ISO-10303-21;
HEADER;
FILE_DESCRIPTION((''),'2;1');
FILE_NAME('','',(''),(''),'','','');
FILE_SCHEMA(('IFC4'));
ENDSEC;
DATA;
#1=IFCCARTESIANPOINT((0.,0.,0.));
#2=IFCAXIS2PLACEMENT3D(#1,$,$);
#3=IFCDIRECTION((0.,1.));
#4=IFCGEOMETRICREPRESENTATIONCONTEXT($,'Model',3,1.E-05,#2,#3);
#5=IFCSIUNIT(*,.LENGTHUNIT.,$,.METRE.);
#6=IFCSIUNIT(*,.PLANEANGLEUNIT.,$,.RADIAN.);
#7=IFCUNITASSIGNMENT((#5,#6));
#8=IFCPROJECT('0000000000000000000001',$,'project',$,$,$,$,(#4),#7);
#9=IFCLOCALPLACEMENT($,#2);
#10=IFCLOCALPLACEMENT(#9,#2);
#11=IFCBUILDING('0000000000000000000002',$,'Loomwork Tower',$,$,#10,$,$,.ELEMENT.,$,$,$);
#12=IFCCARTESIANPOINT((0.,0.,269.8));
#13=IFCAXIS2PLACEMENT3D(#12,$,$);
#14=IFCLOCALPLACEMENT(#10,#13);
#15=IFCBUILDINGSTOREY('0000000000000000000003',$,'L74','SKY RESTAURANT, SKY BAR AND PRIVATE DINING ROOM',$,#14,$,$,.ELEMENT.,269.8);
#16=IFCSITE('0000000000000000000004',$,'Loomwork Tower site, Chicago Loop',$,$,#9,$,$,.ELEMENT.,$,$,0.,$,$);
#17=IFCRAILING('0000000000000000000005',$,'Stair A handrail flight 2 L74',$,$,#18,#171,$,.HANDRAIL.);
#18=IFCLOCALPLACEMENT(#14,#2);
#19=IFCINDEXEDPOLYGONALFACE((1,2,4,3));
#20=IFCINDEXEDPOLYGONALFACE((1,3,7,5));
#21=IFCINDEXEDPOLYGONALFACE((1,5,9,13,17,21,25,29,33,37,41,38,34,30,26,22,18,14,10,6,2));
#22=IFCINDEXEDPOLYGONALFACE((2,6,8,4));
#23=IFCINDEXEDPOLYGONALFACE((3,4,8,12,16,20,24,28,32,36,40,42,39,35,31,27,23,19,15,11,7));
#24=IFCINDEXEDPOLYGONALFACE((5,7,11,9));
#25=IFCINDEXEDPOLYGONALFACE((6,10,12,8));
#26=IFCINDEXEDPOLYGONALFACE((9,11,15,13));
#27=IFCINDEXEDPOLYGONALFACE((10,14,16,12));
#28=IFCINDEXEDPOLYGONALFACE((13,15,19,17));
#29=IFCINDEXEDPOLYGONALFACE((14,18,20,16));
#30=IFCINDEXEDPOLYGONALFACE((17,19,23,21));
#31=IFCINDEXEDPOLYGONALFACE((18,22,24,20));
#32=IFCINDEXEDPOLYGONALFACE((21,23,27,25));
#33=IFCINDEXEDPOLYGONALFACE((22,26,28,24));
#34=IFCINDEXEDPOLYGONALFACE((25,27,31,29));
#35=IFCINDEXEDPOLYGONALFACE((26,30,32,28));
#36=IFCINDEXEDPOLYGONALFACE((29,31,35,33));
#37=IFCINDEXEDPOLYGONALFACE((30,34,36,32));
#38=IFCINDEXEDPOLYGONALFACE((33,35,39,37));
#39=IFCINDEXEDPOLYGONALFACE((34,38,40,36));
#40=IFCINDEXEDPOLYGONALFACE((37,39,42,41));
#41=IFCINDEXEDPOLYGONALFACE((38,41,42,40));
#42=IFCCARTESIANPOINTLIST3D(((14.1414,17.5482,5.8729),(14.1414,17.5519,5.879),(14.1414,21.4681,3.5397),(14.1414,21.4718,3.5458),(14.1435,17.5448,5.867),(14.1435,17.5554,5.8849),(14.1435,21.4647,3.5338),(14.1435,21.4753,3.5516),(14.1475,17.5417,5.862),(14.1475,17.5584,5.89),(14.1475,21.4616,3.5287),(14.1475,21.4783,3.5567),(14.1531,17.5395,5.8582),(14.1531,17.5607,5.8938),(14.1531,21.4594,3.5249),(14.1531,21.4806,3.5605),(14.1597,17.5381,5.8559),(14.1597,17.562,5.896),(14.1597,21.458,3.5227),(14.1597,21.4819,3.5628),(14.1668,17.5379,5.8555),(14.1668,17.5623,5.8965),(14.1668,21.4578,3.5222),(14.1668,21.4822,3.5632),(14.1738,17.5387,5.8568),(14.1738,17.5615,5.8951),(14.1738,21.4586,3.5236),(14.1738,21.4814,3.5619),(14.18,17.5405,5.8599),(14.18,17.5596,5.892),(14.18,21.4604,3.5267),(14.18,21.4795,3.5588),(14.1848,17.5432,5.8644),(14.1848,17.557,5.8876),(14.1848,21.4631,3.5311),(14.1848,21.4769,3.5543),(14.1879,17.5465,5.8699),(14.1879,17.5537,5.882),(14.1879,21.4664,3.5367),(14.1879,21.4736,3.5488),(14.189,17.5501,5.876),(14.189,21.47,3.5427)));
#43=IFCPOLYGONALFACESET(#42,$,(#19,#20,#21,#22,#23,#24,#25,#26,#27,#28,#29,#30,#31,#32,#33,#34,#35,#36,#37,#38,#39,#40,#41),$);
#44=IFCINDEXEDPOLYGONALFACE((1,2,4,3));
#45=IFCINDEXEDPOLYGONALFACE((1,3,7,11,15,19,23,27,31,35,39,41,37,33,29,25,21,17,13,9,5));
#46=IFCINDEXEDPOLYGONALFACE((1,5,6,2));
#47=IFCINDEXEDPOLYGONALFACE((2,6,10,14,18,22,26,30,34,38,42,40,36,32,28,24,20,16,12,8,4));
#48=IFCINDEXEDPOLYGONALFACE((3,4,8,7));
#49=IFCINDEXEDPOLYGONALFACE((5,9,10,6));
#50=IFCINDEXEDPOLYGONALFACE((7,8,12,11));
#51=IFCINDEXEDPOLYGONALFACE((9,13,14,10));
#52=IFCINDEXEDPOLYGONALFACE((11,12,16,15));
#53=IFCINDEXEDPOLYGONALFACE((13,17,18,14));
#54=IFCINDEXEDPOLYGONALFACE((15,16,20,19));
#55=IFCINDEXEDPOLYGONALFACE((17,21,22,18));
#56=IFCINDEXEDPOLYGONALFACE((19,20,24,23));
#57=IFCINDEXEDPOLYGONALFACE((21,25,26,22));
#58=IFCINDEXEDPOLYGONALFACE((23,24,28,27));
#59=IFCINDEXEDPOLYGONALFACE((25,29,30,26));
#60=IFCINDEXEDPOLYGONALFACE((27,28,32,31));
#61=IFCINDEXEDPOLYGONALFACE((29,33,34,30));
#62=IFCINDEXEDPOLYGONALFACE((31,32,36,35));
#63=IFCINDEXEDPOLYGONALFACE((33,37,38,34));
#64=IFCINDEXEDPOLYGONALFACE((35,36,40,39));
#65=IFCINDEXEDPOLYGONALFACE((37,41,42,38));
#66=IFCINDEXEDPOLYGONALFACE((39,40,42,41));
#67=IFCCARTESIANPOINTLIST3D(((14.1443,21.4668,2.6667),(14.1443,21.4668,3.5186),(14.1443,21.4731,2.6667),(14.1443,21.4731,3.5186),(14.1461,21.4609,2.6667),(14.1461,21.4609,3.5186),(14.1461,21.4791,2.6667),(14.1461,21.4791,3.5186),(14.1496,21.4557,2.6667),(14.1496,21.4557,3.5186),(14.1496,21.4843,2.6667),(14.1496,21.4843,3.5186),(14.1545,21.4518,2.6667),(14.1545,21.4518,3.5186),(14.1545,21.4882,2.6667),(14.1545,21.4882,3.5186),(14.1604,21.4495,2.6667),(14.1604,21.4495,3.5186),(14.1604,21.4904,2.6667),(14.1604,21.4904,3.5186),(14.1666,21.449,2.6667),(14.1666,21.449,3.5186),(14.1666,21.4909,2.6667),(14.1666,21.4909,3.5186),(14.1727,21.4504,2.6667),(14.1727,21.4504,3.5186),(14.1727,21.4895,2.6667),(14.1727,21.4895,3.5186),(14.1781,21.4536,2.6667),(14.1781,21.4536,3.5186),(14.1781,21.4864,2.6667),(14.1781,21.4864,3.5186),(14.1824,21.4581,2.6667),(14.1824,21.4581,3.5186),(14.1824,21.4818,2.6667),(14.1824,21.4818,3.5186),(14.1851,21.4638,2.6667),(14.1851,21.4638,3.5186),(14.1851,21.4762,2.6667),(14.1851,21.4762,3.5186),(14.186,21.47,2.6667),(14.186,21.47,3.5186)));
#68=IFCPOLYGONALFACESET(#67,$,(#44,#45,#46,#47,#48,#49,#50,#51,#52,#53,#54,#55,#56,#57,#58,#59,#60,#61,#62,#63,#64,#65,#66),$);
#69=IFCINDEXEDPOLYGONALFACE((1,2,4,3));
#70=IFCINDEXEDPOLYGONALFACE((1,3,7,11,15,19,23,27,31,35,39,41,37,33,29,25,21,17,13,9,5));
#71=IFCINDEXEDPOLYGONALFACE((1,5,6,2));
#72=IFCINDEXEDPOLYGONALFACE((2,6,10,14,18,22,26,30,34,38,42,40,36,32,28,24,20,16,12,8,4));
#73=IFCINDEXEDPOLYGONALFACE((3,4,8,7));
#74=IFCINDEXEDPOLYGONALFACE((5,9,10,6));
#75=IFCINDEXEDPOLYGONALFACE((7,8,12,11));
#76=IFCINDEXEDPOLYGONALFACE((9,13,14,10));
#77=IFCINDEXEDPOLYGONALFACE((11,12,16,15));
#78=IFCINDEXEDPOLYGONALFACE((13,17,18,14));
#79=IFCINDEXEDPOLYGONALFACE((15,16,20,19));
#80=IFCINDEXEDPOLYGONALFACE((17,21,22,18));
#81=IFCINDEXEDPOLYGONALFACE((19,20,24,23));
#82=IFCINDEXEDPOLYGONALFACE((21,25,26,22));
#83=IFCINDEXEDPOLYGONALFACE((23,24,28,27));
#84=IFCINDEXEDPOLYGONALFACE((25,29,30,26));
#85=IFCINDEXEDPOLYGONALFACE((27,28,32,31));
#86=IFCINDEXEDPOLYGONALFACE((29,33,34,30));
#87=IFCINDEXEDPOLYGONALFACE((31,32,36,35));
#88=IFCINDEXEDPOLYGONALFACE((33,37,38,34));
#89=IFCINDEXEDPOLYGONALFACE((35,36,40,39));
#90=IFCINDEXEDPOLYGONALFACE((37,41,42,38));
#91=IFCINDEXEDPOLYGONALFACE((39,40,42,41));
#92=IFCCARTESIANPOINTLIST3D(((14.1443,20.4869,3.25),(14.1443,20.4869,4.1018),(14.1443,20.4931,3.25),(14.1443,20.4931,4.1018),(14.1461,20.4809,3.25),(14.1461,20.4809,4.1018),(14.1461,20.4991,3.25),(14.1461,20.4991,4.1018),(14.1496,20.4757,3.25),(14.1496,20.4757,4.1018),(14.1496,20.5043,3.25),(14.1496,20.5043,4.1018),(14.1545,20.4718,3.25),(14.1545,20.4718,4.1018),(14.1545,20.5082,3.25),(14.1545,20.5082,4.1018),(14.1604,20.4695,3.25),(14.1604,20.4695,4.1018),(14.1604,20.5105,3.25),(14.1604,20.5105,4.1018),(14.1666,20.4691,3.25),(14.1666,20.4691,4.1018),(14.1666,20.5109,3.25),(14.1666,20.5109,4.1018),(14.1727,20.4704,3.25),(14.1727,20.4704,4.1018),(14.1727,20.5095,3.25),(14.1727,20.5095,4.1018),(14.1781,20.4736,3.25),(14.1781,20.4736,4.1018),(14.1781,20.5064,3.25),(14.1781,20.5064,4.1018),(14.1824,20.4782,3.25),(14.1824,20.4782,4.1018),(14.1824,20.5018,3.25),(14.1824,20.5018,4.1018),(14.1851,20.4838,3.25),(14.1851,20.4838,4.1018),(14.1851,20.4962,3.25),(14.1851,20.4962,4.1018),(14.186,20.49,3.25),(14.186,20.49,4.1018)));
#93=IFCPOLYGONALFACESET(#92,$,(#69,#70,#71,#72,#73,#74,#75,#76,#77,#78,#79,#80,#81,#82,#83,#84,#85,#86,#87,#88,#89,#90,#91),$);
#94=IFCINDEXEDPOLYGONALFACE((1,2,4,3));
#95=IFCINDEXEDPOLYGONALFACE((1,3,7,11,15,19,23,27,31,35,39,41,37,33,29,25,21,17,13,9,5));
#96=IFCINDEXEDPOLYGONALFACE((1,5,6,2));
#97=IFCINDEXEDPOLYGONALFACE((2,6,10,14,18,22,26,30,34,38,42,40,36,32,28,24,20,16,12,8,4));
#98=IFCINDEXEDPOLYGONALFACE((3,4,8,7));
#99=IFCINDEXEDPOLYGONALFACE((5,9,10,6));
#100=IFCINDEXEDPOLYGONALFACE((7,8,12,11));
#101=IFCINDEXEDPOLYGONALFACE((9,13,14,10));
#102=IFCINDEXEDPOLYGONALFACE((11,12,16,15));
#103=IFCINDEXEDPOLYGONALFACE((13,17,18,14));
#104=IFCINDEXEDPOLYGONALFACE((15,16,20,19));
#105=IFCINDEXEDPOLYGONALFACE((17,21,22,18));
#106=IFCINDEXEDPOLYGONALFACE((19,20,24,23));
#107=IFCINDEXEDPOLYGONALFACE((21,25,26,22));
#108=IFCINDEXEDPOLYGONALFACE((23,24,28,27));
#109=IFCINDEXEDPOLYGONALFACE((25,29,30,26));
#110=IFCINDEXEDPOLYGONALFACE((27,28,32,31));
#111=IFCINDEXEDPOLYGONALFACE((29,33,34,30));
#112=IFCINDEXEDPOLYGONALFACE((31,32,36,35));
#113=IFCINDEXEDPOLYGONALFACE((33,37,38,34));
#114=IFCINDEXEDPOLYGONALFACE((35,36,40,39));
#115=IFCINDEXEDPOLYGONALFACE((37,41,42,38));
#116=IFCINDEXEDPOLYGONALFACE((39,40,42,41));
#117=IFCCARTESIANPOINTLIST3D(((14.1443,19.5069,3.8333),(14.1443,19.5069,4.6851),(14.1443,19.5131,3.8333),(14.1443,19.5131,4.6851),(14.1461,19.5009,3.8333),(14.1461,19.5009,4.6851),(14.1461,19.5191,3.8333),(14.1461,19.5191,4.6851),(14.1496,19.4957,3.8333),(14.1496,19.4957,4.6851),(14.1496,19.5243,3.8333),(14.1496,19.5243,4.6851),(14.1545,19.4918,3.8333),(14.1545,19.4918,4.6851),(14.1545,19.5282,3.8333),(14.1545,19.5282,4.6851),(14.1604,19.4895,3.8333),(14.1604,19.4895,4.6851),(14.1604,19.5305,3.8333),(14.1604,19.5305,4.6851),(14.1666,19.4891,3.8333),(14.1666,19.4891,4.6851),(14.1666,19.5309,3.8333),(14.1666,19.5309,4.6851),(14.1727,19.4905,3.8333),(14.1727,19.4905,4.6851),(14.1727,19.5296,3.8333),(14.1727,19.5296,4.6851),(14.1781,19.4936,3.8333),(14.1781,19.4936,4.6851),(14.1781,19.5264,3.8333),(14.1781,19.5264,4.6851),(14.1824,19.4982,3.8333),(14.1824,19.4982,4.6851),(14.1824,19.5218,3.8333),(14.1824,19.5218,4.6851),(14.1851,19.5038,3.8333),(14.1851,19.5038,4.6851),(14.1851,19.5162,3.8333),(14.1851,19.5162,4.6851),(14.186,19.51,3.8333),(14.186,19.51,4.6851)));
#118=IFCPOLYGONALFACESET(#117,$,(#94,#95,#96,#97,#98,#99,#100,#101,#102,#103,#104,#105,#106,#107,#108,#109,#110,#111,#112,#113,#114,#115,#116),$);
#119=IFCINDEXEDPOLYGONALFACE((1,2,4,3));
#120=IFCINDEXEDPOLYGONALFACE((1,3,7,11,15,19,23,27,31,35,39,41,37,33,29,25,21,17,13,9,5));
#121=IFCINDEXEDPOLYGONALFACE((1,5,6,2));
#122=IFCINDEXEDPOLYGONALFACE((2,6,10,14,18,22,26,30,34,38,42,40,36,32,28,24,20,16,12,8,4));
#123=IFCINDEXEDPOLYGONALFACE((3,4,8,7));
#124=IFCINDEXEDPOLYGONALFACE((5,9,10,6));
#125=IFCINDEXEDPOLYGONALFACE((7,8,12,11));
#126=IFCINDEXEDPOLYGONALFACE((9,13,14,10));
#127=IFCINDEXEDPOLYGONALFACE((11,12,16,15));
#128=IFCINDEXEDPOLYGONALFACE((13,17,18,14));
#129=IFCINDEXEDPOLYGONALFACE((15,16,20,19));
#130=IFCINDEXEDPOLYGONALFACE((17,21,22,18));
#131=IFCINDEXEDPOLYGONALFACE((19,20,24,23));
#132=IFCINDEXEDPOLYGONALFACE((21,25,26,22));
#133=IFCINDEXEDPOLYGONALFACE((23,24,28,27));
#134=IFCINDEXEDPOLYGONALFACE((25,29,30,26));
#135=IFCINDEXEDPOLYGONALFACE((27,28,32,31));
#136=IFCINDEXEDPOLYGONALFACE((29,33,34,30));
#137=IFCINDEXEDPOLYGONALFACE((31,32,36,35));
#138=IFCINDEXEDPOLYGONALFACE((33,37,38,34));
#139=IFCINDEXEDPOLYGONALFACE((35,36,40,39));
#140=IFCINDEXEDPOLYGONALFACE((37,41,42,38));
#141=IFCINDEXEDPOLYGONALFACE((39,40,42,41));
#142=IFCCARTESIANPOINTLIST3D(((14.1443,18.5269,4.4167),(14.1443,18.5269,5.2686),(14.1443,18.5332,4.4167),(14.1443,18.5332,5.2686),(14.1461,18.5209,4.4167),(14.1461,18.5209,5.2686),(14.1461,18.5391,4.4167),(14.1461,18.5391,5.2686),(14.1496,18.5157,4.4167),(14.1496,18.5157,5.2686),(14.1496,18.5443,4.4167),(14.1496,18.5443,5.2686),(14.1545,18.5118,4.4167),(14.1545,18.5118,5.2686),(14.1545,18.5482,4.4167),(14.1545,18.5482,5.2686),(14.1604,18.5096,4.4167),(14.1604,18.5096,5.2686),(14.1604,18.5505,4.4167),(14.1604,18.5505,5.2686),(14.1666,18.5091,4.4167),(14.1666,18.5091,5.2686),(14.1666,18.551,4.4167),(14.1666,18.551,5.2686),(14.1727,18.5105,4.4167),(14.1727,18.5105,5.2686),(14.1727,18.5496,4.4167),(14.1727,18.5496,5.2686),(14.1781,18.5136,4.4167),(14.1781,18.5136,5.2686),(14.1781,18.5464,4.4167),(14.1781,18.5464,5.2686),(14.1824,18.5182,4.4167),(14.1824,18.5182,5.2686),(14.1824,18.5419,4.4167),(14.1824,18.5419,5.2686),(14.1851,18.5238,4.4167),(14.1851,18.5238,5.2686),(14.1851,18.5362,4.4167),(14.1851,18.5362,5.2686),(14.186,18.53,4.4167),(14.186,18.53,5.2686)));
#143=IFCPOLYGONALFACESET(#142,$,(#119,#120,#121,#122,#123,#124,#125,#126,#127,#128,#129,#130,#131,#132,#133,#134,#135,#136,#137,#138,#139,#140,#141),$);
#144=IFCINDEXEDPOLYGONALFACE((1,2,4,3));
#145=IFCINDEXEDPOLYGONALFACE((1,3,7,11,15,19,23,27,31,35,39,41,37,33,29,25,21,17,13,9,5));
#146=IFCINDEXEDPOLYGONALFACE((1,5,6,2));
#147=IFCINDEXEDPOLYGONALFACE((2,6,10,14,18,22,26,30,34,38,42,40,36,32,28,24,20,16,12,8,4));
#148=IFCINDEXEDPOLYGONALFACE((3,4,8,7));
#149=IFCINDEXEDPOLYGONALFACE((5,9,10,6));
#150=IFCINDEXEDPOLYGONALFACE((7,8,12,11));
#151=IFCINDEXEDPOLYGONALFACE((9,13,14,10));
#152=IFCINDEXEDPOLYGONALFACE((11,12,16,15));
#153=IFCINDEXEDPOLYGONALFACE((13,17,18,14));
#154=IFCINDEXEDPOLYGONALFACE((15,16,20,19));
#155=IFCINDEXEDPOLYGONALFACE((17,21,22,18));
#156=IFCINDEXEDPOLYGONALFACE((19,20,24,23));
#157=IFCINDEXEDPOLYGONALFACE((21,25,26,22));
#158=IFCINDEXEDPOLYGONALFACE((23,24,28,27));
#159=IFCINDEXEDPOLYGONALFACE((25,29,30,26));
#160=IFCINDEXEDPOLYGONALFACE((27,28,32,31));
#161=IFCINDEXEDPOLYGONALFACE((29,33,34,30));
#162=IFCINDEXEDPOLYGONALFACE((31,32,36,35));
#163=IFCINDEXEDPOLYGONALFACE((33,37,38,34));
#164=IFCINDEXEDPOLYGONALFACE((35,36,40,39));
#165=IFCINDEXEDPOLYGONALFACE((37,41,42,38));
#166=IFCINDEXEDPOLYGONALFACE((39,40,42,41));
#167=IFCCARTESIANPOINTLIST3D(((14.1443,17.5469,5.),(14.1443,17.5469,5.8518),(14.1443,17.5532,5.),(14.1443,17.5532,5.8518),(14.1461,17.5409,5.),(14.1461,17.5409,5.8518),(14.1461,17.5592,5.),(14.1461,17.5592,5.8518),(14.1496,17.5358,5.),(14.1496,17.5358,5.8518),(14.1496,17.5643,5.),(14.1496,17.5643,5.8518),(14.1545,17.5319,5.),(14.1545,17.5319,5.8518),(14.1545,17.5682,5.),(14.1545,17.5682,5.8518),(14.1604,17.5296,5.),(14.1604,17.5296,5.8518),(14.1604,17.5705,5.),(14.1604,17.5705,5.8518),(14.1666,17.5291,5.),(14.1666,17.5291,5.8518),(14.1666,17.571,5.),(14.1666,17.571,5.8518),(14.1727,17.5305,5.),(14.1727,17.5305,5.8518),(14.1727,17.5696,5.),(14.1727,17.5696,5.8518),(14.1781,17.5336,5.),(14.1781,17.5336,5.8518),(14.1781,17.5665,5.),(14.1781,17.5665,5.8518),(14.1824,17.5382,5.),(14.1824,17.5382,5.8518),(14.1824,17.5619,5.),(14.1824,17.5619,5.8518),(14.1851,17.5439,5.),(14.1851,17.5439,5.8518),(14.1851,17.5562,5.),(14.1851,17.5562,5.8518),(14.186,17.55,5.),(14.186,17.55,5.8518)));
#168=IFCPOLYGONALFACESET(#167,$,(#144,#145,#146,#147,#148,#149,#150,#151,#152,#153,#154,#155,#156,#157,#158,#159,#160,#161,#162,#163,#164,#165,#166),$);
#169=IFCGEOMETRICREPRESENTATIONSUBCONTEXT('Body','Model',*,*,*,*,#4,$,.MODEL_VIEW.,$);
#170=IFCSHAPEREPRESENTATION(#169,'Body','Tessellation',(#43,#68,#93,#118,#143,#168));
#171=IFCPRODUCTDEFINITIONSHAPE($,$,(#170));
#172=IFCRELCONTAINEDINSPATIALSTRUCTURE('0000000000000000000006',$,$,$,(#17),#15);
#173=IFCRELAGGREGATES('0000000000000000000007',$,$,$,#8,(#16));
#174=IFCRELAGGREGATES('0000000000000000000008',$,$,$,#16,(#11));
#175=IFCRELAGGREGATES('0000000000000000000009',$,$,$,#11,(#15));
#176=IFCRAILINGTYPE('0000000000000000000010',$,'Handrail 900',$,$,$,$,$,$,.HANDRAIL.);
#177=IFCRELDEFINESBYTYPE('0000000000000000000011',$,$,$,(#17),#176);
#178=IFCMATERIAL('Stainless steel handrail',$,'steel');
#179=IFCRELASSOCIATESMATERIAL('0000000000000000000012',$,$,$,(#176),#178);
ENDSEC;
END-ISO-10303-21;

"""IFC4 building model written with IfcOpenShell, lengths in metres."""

from ifc_helpers import new_model, si_unit, direction, frame, origin, origin_2d, place, context, subcontext, project, spatial, circle, extrude, material, type_object, element, save


model = new_model("IFC4")

# Units and contexts
model_context = context("Model", 3, precision=1e-05, world=origin(), true_north=direction((0.0, 1.0)))
body_context = subcontext(model_context, "Body", "Model", "MODEL_VIEW")
ifc_project = project(units=[si_unit("LENGTHUNIT", "METRE"), si_unit("PLANEANGLEUNIT", "RADIAN")], contexts=[model_context])

# Site, building, storey
site_placement = place(None, origin())
site = spatial("IfcSite", under=ifc_project, at=site_placement, Name="Loomwork Tower site, Chicago Loop", CompositionType="ELEMENT", RefElevation=0.0)
building_placement = place(site_placement, origin())
building = spatial("IfcBuilding", under=site, at=building_placement, Name="Loomwork Tower", CompositionType="ELEMENT")
storey_placement = place(building_placement, frame((0.0, 0.0, 269.8)))
storey = spatial("IfcBuildingStorey", under=building, at=storey_placement, Name="L74", Description="SKY RESTAURANT, SKY BAR AND PRIVATE DINING ROOM", CompositionType="ELEMENT", Elevation=269.8)

# Railing
ifc_material_1 = material(Name="Stainless steel handrail", Category="steel")
railing_type = type_object("IfcRailingType", Name="Handrail 900", PredefinedType="HANDRAIL", material=ifc_material_1)
railing_placement = place(storey_placement, frame((14.165, 21.47, 2.6667)))
element("IfcRailing", 1, at=railing_placement, inside=storey, type_object=railing_type, Name="Stair A handrail flight 2 L74", PredefinedType="HANDRAIL", context=body_context, shape_type="SweptSolid", body=[
    extrude(circle(Radius=0.0239, at=origin_2d()), frame((0.0, 0.0, 0.876), z_axis=(0.0, -0.859296, 0.511478), x_axis=(1.0, 0.0, 0.0)), (0.0, 0.0, 1.0), 4.5618),
    extrude(circle(Radius=0.021, at=origin_2d()), origin(), (0.0, 0.0, 1.0), 0.8518),
    extrude(circle(Radius=0.021, at=origin_2d()), frame((0.0, -0.98, 0.5833)), (0.0, 0.0, 1.0), 0.8518),
    extrude(circle(Radius=0.021, at=origin_2d()), frame((0.0, -1.96, 1.1665)), (0.0, 0.0, 1.0), 0.8518),
    extrude(circle(Radius=0.021, at=origin_2d()), frame((0.0, -2.9399, 1.75)), (0.0, 0.0, 1.0), 0.8518),
    extrude(circle(Radius=0.021, at=origin_2d()), frame((0.0, -3.9199, 2.3333)), (0.0, 0.0, 1.0), 0.8518),
])

save(model, "model.ifc")
